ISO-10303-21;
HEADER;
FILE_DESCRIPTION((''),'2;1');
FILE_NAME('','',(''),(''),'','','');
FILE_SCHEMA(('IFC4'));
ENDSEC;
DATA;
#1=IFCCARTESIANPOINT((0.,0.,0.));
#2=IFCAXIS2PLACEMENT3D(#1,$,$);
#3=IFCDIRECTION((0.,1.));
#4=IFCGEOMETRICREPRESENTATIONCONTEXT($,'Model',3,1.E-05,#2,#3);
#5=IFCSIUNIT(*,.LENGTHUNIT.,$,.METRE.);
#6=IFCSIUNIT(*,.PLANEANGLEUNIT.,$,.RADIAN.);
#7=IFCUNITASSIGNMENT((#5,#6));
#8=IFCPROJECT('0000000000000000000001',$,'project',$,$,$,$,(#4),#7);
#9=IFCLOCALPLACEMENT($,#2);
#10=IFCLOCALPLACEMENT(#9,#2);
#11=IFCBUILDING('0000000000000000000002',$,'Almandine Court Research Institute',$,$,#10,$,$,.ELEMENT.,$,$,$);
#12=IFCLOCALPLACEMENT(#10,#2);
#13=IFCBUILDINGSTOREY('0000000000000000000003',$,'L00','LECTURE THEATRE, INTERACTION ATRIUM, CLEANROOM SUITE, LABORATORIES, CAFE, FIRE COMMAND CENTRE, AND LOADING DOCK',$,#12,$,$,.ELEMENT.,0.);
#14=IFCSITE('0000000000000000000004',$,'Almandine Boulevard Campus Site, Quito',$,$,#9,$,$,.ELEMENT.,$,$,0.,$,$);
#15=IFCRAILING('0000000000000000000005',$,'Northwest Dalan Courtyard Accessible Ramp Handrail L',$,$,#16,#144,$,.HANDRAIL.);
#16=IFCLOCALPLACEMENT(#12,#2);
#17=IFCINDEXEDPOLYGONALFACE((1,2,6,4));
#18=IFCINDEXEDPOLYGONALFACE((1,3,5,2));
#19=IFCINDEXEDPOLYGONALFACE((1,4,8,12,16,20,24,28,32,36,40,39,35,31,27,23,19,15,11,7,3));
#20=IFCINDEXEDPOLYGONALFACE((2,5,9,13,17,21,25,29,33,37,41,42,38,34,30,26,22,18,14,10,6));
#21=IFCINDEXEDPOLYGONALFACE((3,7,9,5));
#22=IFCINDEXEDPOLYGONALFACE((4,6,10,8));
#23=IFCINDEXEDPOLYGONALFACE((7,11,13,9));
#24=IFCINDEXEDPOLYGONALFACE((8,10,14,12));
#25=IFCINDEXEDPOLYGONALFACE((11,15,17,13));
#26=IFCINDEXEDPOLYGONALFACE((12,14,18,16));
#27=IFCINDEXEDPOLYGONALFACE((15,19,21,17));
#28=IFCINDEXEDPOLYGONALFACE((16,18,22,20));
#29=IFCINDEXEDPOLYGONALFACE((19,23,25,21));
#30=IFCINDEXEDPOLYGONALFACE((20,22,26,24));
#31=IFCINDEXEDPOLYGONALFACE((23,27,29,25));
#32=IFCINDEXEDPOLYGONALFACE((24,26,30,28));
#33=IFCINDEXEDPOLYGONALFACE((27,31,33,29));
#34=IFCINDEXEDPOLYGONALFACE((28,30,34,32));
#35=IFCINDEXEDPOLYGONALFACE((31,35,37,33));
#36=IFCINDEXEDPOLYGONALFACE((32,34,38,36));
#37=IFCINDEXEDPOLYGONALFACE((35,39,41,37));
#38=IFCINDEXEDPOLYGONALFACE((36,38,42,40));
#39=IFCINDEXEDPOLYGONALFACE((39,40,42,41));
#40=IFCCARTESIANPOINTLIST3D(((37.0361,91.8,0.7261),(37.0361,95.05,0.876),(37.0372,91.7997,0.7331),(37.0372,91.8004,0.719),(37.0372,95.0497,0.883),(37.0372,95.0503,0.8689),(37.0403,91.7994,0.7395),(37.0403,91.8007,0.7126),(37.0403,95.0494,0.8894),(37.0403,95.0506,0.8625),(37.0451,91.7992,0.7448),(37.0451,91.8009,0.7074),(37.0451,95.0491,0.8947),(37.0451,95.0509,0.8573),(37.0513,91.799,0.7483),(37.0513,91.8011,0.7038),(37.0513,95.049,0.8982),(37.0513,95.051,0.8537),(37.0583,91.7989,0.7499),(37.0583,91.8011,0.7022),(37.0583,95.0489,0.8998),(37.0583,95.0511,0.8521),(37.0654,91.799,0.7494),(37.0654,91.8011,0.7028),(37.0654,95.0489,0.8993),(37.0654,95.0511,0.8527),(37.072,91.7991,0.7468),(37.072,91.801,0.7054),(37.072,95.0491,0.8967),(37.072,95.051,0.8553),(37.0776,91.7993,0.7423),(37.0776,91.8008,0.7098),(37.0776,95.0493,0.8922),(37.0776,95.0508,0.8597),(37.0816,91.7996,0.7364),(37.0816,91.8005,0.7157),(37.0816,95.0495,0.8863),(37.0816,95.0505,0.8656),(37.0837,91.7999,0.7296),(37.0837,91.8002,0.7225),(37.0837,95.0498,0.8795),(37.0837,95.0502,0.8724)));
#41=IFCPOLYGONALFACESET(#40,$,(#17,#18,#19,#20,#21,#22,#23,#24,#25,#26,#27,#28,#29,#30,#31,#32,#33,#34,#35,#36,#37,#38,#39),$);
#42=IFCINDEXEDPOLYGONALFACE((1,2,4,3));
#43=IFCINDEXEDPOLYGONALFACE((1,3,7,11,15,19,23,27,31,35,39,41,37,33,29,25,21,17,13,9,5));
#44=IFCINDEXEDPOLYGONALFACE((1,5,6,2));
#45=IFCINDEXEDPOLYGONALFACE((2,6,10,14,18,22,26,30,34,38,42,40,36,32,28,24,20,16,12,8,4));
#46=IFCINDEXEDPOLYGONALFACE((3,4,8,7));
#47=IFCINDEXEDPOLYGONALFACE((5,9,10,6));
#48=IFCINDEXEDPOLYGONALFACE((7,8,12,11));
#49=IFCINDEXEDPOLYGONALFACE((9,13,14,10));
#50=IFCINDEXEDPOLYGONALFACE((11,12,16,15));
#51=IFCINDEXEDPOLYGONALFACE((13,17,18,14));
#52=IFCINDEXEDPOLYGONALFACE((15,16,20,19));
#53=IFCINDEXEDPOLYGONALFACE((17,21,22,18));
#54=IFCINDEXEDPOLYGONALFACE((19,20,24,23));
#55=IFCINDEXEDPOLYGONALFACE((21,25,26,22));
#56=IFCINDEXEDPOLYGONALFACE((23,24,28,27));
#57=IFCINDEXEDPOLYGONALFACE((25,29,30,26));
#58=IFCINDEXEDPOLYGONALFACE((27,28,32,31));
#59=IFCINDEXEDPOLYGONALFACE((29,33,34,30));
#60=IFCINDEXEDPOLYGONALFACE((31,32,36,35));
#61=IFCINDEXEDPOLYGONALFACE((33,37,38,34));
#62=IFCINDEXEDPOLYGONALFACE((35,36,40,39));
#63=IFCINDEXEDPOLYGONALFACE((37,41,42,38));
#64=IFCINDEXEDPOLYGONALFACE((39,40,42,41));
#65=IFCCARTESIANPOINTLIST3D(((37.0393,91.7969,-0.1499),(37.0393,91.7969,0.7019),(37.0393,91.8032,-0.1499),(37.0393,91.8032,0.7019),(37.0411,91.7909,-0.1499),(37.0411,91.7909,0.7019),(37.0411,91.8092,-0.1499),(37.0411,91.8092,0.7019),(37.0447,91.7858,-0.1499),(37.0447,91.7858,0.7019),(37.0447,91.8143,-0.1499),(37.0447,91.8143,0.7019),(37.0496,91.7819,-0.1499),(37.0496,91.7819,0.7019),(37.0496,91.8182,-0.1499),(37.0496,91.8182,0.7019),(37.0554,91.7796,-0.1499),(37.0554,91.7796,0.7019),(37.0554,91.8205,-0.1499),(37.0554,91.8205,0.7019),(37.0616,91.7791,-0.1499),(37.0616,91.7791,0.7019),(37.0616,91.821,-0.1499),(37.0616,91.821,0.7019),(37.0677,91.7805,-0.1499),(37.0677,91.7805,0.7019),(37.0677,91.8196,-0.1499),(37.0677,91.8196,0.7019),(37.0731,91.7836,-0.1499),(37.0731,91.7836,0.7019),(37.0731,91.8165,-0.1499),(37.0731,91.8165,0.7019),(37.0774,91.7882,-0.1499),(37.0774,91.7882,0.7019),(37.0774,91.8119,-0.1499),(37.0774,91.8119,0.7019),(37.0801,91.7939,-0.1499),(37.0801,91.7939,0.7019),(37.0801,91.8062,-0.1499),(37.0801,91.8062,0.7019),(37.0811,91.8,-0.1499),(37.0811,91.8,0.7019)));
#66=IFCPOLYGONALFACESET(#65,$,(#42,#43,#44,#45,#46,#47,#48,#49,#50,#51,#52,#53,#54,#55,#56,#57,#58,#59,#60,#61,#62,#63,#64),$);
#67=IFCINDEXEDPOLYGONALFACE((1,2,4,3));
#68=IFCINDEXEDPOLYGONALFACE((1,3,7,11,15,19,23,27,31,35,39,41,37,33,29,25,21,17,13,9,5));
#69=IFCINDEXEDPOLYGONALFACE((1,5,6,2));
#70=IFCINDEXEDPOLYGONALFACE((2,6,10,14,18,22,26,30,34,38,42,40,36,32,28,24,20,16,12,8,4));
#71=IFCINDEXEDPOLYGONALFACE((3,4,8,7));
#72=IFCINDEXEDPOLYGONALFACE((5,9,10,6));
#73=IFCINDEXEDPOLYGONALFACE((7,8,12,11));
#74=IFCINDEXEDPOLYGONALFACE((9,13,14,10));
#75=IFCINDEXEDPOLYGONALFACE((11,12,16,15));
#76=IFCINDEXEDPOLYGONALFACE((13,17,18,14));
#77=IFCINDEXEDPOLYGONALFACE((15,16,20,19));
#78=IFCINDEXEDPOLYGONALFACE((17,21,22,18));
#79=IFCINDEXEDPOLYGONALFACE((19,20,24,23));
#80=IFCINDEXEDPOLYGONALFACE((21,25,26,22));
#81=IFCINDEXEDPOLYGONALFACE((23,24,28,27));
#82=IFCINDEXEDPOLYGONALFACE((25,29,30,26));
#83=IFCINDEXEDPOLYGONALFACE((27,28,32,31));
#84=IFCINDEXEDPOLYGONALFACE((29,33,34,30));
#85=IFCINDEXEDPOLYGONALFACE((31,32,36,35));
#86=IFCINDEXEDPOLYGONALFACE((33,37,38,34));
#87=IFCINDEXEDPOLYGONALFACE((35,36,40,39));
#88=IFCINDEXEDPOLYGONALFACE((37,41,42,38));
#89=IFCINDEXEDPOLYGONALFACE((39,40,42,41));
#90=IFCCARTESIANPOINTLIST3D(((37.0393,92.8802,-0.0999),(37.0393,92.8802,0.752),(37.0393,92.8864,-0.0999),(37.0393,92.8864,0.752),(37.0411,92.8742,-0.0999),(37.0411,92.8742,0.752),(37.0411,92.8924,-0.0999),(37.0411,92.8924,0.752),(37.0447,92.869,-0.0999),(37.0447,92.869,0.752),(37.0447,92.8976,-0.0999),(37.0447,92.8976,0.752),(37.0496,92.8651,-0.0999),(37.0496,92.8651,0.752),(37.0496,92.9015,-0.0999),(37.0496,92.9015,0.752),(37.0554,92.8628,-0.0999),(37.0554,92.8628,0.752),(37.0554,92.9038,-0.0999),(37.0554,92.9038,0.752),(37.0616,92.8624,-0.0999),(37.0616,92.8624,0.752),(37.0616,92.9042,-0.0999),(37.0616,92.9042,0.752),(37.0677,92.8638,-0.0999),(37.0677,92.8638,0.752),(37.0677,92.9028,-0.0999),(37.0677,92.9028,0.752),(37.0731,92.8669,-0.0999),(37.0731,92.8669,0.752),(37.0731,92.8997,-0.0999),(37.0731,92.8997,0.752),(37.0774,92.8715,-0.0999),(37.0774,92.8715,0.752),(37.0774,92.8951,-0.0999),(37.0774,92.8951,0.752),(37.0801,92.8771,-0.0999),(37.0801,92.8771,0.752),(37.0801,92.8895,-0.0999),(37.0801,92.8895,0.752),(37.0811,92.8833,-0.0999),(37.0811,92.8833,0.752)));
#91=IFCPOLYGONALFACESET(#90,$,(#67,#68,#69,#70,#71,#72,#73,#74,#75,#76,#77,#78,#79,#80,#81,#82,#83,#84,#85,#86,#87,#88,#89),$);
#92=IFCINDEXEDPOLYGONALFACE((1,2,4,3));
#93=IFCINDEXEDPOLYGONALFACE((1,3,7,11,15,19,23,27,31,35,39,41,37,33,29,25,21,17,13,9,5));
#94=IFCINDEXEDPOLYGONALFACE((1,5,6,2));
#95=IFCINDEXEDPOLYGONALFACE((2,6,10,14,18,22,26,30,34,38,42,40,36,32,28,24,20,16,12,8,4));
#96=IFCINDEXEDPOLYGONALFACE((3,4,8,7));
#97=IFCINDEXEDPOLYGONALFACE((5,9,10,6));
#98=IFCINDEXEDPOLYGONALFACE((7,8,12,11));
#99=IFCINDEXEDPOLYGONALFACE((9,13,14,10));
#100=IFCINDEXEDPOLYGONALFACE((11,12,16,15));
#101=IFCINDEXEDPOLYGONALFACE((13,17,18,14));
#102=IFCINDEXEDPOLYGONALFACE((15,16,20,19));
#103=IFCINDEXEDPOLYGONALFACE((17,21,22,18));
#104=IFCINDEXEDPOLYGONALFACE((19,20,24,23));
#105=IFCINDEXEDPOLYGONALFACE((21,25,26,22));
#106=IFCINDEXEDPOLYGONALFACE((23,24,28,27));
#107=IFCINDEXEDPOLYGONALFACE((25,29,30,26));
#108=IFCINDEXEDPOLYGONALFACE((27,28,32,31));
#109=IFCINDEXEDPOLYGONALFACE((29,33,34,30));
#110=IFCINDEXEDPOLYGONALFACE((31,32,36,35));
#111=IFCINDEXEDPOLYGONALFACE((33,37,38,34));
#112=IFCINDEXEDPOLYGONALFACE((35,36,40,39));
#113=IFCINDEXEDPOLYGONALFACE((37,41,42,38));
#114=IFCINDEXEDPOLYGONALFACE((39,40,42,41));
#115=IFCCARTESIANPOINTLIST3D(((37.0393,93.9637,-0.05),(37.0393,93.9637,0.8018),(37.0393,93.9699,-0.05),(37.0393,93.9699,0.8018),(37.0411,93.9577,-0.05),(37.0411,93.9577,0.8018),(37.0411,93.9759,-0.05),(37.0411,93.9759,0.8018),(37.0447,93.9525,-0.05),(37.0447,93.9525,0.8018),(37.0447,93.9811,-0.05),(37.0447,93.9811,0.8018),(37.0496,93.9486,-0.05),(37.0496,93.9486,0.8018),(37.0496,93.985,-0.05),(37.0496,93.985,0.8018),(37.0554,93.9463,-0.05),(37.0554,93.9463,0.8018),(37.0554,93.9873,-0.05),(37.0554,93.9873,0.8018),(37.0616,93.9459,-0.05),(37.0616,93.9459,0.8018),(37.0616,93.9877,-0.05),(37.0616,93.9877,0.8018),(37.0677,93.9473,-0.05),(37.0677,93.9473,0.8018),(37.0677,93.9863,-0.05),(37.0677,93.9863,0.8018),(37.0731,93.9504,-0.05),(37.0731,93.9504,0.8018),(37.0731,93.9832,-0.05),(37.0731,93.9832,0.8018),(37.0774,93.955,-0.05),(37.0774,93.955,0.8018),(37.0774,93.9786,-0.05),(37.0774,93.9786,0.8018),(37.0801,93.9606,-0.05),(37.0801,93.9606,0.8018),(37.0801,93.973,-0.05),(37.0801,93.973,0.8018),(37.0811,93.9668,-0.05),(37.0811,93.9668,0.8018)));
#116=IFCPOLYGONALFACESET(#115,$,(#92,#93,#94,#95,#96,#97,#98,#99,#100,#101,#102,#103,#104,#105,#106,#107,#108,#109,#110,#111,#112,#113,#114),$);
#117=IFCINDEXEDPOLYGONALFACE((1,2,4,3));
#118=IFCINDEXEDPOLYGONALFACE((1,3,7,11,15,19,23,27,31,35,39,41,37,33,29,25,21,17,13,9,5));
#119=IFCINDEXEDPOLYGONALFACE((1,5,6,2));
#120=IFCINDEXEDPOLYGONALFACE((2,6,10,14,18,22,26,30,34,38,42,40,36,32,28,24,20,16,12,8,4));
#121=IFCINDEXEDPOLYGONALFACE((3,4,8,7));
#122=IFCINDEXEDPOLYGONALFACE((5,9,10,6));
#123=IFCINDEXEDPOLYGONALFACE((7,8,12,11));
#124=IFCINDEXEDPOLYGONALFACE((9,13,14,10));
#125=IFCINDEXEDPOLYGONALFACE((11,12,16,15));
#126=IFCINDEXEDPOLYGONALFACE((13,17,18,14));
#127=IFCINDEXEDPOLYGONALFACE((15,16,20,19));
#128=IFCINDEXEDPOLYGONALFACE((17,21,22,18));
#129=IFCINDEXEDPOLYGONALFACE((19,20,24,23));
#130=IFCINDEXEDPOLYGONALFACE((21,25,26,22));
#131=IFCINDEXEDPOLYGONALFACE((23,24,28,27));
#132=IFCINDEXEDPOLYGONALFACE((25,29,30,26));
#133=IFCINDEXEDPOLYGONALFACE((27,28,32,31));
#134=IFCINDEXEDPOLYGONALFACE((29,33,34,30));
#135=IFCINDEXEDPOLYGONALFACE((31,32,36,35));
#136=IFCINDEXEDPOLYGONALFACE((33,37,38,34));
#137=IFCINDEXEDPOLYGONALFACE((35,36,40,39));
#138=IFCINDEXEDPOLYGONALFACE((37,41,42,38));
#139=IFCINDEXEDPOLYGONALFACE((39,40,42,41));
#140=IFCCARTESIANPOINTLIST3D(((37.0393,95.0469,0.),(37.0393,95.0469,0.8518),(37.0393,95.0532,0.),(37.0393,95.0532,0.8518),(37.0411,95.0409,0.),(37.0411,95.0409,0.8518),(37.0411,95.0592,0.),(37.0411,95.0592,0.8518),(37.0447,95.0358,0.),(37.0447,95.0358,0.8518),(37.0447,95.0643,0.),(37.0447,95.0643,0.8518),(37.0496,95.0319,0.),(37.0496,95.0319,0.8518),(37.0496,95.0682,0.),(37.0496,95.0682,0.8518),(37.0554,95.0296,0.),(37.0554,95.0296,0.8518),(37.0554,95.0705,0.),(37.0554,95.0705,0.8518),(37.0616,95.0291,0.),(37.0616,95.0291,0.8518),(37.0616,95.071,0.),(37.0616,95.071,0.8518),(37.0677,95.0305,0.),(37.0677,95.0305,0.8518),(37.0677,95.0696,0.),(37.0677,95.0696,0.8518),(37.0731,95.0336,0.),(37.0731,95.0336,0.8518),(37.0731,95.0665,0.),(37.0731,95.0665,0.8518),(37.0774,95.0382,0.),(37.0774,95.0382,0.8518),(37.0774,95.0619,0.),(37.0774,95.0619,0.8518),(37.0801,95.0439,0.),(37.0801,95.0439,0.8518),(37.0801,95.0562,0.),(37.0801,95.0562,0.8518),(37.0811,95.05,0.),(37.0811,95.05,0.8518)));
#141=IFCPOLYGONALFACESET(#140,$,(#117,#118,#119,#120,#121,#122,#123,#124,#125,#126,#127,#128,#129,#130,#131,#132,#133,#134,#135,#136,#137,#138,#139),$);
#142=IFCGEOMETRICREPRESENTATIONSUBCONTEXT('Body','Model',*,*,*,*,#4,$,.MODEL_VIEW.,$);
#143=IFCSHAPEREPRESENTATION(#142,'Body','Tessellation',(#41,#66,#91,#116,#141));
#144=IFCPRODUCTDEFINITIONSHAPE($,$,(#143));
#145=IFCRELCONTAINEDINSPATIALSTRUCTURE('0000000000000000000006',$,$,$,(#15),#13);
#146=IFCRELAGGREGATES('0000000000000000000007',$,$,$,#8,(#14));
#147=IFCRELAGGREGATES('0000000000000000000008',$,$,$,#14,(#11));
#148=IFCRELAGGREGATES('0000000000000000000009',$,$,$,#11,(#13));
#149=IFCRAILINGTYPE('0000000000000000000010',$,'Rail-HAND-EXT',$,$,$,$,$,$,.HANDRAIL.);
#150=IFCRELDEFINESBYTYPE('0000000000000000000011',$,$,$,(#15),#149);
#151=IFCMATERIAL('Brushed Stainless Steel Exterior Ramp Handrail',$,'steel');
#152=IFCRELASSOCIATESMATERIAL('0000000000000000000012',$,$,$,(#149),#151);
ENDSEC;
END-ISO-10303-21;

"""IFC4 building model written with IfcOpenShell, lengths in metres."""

from ifc_helpers import new_model, si_unit, direction, frame, origin, origin_2d, place, context, subcontext, project, spatial, circle, extrude, material, type_object, element, save


model = new_model("IFC4")

# Units and contexts
model_context = context("Model", 3, precision=1e-05, world=origin(), true_north=direction((0.0, 1.0)))
body_context = subcontext(model_context, "Body", "Model", "MODEL_VIEW")
ifc_project = project(units=[si_unit("LENGTHUNIT", "METRE"), si_unit("PLANEANGLEUNIT", "RADIAN")], contexts=[model_context])

# Site, building, storey
site_placement = place(None, origin())
site = spatial("IfcSite", under=ifc_project, at=site_placement, Name="Almandine Boulevard Campus Site, Quito", CompositionType="ELEMENT", RefElevation=0.0)
building_placement = place(site_placement, origin())
building = spatial("IfcBuilding", under=site, at=building_placement, Name="Almandine Court Research Institute", CompositionType="ELEMENT")
storey_placement = place(building_placement, origin())
storey = spatial("IfcBuildingStorey", under=building, at=storey_placement, Name="L00", Description="LECTURE THEATRE, INTERACTION ATRIUM, CLEANROOM SUITE, LABORATORIES, CAFE, FIRE COMMAND CENTRE, AND LOADING DOCK", CompositionType="ELEMENT", Elevation=0.0)

# Railing
ifc_material_1 = material(Name="Brushed Stainless Steel Exterior Ramp Handrail", Category="steel")
railing_type = type_object("IfcRailingType", Name="Rail-HAND-EXT", PredefinedType="HANDRAIL", material=ifc_material_1)
for number, where, name in (
    (1, (37.0601, 91.8, -0.1499), "Northwest Dalan Courtyard Accessible Ramp Handrail L"),
):
    element("IfcRailing", number, at=place(storey_placement, frame(where)), inside=storey, type_object=railing_type, Name=name, PredefinedType="HANDRAIL", context=body_context, shape_type="SweptSolid", body=[
        extrude(circle(Radius=0.0239, at=origin_2d()), frame((0.0, 0.0, 0.876), z_axis=(0.0, 0.998938, 0.046075), x_axis=(-1.0, 0.0, 0.0)), (0.0, 0.0, 1.0), 3.2534),
        extrude(circle(Radius=0.021, at=origin_2d()), origin(), (0.0, 0.0, 1.0), 0.8518),
        extrude(circle(Radius=0.021, at=origin_2d()), frame((0.0, 1.0833, 0.05)), (0.0, 0.0, 1.0), 0.8518),
        extrude(circle(Radius=0.021, at=origin_2d()), frame((0.0, 2.1667, 0.0999)), (0.0, 0.0, 1.0), 0.8518),
        extrude(circle(Radius=0.021, at=origin_2d()), frame((0.0, 3.25, 0.1499)), (0.0, 0.0, 1.0), 0.8518),
    ])

save(model, "model.ifc")
